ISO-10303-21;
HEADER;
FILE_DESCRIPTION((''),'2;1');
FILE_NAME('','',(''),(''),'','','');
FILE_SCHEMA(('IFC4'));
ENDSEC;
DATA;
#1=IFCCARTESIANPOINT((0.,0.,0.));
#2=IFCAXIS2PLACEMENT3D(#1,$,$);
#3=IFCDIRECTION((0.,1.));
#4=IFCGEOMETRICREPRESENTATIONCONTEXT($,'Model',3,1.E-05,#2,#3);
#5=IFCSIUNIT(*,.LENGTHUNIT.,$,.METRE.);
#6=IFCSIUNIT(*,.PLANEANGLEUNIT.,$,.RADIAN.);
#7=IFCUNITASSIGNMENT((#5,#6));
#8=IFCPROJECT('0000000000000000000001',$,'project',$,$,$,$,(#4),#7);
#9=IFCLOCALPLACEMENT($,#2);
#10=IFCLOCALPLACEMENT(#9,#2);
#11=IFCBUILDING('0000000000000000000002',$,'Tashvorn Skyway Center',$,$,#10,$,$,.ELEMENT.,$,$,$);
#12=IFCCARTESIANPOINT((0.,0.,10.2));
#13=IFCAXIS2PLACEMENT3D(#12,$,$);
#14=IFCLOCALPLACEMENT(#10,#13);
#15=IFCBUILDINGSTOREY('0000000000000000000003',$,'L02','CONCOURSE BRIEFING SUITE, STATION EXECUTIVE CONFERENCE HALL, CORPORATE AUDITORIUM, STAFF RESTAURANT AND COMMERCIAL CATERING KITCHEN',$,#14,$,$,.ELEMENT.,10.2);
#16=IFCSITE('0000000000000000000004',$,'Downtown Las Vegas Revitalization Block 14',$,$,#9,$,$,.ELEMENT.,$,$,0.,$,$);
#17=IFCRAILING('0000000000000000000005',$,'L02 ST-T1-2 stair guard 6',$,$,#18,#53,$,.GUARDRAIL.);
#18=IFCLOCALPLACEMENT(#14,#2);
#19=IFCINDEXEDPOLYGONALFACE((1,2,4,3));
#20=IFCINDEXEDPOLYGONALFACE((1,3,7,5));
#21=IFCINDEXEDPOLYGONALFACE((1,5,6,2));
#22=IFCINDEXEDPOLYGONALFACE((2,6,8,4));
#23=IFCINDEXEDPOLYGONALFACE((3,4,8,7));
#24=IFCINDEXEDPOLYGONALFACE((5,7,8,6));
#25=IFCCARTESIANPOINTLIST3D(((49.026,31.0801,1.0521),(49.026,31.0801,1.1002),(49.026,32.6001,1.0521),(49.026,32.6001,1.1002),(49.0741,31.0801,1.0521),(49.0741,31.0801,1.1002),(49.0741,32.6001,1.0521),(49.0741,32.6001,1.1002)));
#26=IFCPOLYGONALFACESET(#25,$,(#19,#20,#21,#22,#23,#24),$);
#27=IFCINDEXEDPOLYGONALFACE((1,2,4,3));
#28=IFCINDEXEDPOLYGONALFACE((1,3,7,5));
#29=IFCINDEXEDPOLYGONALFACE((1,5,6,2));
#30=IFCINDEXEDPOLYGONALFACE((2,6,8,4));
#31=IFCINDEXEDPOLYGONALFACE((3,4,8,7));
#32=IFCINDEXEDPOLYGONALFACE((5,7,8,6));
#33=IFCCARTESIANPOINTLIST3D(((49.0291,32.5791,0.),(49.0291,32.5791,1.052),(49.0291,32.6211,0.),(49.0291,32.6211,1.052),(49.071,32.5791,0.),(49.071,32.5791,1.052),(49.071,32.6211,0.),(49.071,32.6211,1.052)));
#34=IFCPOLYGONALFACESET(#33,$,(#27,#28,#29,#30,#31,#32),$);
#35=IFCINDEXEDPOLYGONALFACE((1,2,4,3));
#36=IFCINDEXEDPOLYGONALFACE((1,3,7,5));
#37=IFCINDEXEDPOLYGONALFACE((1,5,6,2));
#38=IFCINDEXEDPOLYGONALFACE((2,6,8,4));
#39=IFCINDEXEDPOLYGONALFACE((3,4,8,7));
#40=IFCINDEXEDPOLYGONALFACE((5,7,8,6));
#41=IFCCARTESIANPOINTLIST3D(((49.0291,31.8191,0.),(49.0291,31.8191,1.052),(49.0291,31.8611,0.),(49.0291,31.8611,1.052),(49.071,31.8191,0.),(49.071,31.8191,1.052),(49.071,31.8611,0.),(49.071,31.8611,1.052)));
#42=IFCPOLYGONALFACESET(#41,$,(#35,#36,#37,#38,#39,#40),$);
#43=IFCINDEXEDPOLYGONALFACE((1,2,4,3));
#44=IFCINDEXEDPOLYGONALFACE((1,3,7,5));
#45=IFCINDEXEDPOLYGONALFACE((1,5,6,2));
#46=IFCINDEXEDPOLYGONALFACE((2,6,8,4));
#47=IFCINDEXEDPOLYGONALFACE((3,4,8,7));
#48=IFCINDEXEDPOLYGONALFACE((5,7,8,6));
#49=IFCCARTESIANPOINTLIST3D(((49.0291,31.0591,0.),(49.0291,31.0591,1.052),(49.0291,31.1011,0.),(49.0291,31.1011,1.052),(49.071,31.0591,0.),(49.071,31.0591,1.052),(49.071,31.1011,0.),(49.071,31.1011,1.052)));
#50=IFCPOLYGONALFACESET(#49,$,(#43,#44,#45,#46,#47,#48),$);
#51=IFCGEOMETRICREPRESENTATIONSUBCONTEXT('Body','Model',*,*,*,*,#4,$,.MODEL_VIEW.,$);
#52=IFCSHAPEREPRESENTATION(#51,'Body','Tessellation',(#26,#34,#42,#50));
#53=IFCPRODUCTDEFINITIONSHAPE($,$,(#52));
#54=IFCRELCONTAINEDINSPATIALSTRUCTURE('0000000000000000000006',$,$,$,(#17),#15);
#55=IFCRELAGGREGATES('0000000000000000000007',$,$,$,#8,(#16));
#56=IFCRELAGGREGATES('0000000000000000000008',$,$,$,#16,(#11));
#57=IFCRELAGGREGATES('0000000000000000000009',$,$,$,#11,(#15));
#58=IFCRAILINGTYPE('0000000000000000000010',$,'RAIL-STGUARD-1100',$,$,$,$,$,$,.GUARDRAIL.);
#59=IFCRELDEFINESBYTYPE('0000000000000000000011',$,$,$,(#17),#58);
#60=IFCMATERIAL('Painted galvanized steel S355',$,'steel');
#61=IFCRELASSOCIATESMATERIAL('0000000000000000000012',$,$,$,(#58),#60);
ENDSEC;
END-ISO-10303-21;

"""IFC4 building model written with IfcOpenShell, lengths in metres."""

from ifc_helpers import new_model, si_unit, direction, frame, origin, origin_2d, place, context, subcontext, project, spatial, rectangle, extrude, material, type_object, element, save


model = new_model("IFC4")

# Units and contexts
model_context = context("Model", 3, precision=1e-05, world=origin(), true_north=direction((0.0, 1.0)))
body_context = subcontext(model_context, "Body", "Model", "MODEL_VIEW")
ifc_project = project(units=[si_unit("LENGTHUNIT", "METRE"), si_unit("PLANEANGLEUNIT", "RADIAN")], contexts=[model_context])

# Site, building, storey
site_placement = place(None, origin())
site = spatial("IfcSite", under=ifc_project, at=site_placement, Name="Downtown Las Vegas Revitalization Block 14", CompositionType="ELEMENT", RefElevation=0.0)
building_placement = place(site_placement, origin())
building = spatial("IfcBuilding", under=site, at=building_placement, Name="Tashvorn Skyway Center", CompositionType="ELEMENT")
storey_placement = place(building_placement, frame((0.0, 0.0, 10.2)))
storey = spatial("IfcBuildingStorey", under=building, at=storey_placement, Name="L02", Description="CONCOURSE BRIEFING SUITE, STATION EXECUTIVE CONFERENCE HALL, CORPORATE AUDITORIUM, STAFF RESTAURANT AND COMMERCIAL CATERING KITCHEN", CompositionType="ELEMENT", Elevation=10.2)

# Railing
ifc_material_1 = material(Name="Painted galvanized steel S355", Category="steel")
railing_type = type_object("IfcRailingType", Name="RAIL-STGUARD-1100", PredefinedType="GUARDRAIL", material=ifc_material_1)
railing_placement = place(storey_placement, frame((49.05, 32.6001, 0.0)))
element("IfcRailing", 1, at=railing_placement, inside=storey, type_object=railing_type, Name="L02 ST-T1-2 stair guard 6", PredefinedType="GUARDRAIL", context=body_context, shape_type="SweptSolid", body=[
    extrude(rectangle(XDim=0.0481, YDim=0.0481, at=origin_2d()), frame((0.0, 0.0, 1.0762), z_axis=(0.0, -1.0, 0.0), x_axis=(1.0, 0.0, 0.0)), (0.0, 0.0, 1.0), 1.52),
    extrude(rectangle(XDim=0.042, YDim=0.042, at=origin_2d()), origin(), (0.0, 0.0, 1.0), 1.052),
    extrude(rectangle(XDim=0.042, YDim=0.042, at=origin_2d()), frame((0.0, -0.76, 0.0)), (0.0, 0.0, 1.0), 1.052),
    extrude(rectangle(XDim=0.042, YDim=0.042, at=origin_2d()), frame((0.0, -1.52, 0.0)), (0.0, 0.0, 1.0), 1.052),
])

save(model, "model.ifc")
